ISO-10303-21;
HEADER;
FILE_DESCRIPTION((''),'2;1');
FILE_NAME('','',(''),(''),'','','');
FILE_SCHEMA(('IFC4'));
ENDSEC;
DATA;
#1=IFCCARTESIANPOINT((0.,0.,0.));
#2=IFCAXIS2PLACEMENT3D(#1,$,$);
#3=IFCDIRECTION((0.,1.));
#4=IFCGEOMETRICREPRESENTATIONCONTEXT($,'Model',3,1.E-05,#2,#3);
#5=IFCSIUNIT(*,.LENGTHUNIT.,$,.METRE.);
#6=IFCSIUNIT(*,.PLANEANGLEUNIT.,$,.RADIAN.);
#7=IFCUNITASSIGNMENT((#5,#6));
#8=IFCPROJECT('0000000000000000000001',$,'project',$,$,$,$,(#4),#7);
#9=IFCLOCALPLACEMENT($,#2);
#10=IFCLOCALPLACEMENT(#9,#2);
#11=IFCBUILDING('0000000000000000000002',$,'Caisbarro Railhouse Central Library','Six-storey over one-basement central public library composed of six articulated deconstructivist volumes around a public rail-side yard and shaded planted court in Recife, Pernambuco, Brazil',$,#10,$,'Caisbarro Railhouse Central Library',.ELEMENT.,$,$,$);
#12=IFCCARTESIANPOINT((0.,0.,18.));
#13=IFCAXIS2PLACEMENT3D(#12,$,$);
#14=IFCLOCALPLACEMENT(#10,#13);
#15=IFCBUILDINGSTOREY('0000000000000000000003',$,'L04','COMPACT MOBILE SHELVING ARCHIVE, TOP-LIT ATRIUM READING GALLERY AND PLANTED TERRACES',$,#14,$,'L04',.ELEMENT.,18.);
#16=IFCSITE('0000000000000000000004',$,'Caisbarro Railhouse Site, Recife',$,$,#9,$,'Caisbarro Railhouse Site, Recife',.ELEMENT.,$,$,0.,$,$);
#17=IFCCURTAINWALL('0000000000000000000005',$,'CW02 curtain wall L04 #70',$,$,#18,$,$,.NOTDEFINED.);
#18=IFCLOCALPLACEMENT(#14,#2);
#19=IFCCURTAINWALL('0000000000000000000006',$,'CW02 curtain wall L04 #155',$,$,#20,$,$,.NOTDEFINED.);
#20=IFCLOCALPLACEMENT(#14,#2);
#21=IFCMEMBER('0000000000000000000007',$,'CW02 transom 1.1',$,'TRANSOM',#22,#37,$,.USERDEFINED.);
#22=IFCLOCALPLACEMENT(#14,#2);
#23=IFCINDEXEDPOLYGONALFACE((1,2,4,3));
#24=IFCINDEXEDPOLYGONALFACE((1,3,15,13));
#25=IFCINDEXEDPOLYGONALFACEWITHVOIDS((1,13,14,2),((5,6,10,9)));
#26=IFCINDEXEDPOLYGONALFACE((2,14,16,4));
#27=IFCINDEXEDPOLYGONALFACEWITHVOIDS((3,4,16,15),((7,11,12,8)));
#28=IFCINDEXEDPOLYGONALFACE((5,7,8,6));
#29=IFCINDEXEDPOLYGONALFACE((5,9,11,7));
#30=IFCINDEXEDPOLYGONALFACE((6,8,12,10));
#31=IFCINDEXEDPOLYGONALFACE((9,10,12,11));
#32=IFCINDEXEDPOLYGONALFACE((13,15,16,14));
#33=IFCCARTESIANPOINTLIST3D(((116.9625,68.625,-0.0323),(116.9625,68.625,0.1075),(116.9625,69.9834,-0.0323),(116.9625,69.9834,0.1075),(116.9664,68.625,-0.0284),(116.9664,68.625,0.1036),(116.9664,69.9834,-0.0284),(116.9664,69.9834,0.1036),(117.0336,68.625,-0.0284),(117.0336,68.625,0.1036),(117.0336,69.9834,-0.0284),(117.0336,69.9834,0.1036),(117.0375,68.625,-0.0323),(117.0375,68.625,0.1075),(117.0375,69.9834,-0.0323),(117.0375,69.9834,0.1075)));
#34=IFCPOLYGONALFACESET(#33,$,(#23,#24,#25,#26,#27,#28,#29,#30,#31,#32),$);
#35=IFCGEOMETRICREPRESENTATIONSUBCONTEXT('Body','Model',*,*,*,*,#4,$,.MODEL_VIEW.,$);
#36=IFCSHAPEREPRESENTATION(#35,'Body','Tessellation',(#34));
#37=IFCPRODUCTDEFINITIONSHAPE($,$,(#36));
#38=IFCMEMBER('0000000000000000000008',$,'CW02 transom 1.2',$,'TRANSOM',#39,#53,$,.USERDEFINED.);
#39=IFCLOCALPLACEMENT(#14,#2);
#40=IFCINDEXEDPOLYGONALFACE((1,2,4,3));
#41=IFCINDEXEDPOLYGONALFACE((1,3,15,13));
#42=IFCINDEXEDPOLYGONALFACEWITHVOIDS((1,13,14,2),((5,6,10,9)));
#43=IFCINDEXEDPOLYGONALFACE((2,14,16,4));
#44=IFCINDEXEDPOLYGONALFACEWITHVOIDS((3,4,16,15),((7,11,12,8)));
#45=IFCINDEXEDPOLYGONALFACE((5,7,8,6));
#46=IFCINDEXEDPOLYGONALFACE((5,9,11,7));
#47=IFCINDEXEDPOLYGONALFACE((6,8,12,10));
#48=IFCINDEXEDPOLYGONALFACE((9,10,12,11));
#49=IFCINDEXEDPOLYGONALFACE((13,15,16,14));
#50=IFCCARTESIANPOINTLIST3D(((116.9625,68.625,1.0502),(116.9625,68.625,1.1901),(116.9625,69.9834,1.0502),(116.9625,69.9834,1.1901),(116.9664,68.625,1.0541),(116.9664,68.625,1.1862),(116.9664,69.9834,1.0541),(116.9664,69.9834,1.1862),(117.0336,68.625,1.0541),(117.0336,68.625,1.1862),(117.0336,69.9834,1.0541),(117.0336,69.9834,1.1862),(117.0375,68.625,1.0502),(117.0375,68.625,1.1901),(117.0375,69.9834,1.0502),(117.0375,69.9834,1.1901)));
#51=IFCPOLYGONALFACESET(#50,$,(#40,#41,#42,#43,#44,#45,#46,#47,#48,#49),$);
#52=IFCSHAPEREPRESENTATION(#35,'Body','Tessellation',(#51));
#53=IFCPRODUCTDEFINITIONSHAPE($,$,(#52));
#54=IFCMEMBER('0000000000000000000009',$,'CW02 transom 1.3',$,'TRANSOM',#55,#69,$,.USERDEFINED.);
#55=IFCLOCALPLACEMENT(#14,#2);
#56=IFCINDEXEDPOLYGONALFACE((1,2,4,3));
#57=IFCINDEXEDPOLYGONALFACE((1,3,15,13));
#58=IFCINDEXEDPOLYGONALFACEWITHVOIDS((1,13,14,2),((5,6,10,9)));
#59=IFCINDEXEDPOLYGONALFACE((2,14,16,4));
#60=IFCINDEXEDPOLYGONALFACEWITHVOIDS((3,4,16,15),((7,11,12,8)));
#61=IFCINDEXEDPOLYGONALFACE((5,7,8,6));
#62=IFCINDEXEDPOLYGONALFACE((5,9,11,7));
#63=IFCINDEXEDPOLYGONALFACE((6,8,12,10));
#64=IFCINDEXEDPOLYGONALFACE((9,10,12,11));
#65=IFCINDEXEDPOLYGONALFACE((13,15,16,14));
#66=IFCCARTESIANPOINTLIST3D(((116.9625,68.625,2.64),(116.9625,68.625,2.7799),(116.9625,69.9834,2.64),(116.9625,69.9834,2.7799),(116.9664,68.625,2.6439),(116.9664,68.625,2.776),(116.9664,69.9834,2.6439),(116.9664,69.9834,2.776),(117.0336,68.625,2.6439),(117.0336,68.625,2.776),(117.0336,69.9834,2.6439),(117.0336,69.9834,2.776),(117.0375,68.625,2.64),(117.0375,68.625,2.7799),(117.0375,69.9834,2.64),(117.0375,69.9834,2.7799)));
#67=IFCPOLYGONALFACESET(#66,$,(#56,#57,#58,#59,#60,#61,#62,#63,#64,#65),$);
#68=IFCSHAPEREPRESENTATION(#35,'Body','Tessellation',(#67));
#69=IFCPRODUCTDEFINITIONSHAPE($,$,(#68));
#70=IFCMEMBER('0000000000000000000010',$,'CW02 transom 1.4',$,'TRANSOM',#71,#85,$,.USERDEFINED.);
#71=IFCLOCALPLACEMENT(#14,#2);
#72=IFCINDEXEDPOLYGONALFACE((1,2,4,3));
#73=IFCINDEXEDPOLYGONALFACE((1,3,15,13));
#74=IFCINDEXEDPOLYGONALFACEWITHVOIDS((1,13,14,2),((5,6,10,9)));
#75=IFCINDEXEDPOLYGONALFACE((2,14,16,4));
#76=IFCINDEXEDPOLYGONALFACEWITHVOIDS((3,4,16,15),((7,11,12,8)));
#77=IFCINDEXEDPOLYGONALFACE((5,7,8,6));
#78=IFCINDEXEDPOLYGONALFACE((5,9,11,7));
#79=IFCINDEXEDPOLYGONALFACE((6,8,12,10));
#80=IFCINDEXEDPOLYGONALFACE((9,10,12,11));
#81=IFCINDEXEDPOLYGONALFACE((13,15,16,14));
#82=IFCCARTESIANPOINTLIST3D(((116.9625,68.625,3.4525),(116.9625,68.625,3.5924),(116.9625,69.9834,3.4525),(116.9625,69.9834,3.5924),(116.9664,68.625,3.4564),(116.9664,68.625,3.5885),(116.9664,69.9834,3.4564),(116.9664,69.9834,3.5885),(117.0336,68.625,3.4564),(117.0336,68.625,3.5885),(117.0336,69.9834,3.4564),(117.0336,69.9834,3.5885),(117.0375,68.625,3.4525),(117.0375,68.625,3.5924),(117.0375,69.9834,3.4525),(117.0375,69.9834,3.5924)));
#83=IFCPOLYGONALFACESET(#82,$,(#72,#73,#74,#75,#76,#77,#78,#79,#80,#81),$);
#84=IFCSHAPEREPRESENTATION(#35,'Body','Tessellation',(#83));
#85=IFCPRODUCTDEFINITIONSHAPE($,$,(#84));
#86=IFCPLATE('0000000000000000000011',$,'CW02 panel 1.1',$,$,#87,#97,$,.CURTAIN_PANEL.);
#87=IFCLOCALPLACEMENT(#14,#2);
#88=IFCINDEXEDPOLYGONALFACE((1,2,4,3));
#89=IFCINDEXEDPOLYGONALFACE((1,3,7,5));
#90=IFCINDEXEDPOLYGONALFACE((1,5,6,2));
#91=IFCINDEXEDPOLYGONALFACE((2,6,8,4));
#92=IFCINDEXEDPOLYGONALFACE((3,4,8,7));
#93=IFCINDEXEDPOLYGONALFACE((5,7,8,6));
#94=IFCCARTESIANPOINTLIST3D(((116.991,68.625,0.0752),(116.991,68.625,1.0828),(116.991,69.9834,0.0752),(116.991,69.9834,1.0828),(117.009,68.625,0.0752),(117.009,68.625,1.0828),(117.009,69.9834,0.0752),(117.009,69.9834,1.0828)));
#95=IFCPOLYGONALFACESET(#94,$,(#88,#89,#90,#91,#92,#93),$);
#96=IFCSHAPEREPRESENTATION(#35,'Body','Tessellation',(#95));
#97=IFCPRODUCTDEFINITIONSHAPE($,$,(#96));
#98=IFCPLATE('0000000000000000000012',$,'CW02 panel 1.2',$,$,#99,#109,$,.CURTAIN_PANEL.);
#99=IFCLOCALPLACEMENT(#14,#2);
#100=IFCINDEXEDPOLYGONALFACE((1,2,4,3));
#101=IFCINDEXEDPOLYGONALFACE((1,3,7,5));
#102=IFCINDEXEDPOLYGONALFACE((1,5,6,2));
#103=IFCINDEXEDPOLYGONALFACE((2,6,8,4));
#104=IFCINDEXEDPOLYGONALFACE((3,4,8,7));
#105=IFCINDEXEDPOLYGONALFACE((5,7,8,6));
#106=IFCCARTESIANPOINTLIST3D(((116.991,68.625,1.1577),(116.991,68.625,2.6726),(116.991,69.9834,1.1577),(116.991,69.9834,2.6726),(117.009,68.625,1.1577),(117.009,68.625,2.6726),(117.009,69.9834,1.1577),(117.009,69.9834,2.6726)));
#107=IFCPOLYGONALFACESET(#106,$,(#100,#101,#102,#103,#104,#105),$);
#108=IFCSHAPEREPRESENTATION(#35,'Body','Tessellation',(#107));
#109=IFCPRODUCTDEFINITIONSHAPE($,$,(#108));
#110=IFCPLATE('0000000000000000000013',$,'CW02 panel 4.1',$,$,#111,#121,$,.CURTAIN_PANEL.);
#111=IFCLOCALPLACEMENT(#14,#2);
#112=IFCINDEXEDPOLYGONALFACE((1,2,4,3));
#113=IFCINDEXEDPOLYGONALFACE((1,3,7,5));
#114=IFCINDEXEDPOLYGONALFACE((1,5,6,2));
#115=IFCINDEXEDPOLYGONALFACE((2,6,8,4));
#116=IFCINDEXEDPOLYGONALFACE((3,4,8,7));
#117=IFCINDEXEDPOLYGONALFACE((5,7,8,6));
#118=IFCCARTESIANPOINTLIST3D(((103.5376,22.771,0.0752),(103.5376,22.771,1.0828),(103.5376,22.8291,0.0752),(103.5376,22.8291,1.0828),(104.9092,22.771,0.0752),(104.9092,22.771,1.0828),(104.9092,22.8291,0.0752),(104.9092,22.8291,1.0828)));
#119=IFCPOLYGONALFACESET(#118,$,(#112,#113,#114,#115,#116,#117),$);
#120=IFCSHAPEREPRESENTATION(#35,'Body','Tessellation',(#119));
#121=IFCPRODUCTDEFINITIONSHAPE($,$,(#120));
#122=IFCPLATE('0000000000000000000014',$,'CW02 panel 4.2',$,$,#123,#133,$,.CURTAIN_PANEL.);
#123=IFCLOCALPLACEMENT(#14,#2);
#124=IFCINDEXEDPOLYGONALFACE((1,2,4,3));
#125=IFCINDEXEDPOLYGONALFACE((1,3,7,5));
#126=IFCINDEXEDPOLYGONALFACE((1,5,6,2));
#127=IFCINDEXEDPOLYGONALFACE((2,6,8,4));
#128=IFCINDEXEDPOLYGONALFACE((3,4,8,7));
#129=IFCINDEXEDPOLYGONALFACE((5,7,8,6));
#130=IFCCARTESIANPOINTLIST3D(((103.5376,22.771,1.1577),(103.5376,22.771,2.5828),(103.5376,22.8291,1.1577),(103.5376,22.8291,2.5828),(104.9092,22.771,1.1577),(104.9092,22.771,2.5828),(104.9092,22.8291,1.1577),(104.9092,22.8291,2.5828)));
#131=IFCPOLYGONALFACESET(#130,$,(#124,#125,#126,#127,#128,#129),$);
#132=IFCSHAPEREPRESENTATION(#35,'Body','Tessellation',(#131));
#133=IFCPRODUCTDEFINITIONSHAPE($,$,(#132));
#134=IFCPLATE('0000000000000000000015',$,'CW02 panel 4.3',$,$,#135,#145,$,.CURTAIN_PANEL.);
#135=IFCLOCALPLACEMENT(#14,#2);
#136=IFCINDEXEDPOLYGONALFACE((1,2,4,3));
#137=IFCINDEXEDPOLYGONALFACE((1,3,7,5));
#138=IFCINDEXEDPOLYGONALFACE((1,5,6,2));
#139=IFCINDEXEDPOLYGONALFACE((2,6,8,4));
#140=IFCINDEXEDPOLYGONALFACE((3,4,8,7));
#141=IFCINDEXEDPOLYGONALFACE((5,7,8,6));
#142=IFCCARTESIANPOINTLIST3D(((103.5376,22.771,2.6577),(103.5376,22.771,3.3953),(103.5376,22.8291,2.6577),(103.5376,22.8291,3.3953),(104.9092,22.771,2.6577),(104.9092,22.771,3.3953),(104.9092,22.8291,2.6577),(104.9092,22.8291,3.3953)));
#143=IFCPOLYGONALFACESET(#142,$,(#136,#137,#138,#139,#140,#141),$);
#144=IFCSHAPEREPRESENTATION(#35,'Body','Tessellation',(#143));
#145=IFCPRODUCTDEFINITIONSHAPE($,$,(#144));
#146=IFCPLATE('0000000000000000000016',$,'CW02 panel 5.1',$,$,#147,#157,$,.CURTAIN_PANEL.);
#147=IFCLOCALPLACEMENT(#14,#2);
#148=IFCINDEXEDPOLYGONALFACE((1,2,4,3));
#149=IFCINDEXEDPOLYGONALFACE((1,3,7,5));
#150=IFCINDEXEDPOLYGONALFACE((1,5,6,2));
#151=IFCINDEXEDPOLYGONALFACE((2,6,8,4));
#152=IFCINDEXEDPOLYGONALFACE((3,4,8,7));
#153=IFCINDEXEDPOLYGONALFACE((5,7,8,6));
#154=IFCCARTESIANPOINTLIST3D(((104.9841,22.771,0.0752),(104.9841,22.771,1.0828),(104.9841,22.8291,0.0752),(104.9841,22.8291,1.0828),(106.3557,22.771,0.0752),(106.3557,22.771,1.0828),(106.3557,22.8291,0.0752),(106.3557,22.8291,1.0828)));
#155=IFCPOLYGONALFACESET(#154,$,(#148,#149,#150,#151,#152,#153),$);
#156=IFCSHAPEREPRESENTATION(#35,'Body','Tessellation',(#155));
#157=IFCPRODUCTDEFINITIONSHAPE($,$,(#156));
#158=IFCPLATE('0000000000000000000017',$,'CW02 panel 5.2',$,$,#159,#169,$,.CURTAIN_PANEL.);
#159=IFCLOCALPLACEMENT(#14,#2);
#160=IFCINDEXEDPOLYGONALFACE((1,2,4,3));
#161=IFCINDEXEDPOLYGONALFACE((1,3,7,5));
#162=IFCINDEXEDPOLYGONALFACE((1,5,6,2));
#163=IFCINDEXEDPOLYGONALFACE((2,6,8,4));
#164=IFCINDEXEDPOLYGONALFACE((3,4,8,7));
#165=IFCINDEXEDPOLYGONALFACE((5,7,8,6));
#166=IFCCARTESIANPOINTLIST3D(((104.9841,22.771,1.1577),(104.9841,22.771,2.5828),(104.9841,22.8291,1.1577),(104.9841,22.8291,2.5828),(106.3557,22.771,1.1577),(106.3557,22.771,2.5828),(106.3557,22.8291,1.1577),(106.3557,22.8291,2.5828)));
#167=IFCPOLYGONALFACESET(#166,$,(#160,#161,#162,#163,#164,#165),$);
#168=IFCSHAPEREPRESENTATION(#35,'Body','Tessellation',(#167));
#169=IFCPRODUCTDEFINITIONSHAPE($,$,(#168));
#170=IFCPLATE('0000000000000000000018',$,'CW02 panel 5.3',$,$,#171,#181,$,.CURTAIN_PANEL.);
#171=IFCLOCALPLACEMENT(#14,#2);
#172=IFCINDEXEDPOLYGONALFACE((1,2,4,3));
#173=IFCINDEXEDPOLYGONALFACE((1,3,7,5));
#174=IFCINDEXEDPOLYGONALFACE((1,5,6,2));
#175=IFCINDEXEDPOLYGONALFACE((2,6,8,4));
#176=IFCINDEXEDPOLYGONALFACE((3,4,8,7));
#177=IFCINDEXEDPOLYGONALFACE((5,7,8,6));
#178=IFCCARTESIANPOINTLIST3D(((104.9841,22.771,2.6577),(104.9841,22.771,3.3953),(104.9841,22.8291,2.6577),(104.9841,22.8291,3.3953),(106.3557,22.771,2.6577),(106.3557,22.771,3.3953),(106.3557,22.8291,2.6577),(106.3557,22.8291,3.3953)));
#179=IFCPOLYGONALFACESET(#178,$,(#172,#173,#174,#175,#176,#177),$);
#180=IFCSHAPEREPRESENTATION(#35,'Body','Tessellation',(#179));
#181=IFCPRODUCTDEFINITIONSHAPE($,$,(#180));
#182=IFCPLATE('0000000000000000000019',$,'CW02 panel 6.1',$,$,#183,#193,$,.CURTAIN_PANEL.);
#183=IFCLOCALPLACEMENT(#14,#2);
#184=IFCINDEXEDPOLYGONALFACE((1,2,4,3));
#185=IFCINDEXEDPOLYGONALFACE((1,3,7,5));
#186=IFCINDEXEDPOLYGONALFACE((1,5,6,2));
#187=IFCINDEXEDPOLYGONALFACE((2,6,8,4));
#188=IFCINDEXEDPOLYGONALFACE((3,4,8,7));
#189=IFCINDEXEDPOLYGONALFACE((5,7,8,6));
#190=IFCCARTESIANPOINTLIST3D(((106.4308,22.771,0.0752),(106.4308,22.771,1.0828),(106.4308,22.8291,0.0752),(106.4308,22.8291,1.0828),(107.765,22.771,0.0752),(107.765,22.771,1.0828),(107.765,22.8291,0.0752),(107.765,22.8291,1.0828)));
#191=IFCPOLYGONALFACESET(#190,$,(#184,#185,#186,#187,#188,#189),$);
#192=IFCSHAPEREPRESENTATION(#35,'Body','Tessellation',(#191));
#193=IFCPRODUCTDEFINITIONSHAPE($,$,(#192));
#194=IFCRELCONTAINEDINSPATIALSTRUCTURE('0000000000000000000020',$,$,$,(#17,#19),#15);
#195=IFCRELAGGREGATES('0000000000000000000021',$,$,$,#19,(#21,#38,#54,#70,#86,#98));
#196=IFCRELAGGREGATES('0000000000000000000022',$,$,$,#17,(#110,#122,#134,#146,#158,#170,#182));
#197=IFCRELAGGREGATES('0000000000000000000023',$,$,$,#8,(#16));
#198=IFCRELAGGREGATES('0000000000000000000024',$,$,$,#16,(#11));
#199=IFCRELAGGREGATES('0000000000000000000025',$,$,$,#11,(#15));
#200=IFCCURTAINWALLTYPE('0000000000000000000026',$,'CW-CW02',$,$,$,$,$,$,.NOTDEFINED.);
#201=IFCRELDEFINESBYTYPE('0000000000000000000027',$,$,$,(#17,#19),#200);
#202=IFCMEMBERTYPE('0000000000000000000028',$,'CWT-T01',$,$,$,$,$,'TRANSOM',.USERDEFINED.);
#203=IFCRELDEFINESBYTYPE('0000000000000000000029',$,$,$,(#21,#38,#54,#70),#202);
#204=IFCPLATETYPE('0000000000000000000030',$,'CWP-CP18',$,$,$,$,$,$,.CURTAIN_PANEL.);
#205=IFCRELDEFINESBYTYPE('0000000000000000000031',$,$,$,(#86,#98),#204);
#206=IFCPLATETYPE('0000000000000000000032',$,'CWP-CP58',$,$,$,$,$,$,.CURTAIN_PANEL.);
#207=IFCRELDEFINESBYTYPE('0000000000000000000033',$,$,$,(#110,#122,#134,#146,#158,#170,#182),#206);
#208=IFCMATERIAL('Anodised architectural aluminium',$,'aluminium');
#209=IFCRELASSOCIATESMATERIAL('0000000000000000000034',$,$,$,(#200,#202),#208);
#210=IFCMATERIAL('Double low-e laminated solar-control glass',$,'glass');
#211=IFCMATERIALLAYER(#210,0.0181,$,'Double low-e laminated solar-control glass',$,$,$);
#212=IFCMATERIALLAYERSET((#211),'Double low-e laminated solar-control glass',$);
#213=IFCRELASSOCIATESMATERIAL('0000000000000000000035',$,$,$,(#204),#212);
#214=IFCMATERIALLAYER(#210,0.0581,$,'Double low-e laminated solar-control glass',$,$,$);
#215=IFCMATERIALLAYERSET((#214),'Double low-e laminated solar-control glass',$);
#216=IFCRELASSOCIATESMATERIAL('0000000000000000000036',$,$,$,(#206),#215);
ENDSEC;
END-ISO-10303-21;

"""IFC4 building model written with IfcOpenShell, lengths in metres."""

from ifc_helpers import new_model, si_unit, direction, frame, origin, origin_2d, place, context, subcontext, project, spatial, rectangle, hollow_rectangle, extrude, material, layer, layer_set, material_profile, profile_set, type_object, element, aggregate, save


model = new_model("IFC4")

# Units and contexts
model_context = context("Model", 3, precision=1e-05, world=origin(), true_north=direction((0.0, 1.0)))
body_context = subcontext(model_context, "Body", "Model", "MODEL_VIEW")
ifc_project = project(units=[si_unit("LENGTHUNIT", "METRE"), si_unit("PLANEANGLEUNIT", "RADIAN")], contexts=[model_context])

# Site, building, storey
site_placement = place(None, origin())
site = spatial("IfcSite", under=ifc_project, at=site_placement, Name="Caisbarro Railhouse Site, Recife", LongName="Caisbarro Railhouse Site, Recife", CompositionType="ELEMENT", RefElevation=0.0)
building_placement = place(site_placement, origin())
building = spatial("IfcBuilding", under=site, at=building_placement, Name="Caisbarro Railhouse Central Library", Description="Six-storey over one-basement central public library composed of six articulated deconstructivist volumes around a public rail-side yard and shaded planted court in Recife, Pernambuco, Brazil", LongName="Caisbarro Railhouse Central Library", CompositionType="ELEMENT")
storey_placement = place(building_placement, frame((0.0, 0.0, 18.0)))
storey = spatial("IfcBuildingStorey", under=building, at=storey_placement, Name="L04", Description="COMPACT MOBILE SHELVING ARCHIVE, TOP-LIT ATRIUM READING GALLERY AND PLANTED TERRACES", LongName="L04", CompositionType="ELEMENT", Elevation=18.0)

# Curtain wall
ifc_material_1 = material(Name="Anodised architectural aluminium", Category="aluminium")
curtain_wall_type = type_object("IfcCurtainWallType", Name="CW-CW02", PredefinedType="NOTDEFINED", material=ifc_material_1)
curtain_wall_1_placement = place(storey_placement, origin())
curtain_wall_1 = element("IfcCurtainWall", 1, at=curtain_wall_1_placement, inside=storey, type_object=curtain_wall_type, Name="CW02 curtain wall L04 #70", PredefinedType="NOTDEFINED")

# Curtain wall
curtain_wall_2_placement = place(storey_placement, origin())
curtain_wall_2 = element("IfcCurtainWall", 2, at=curtain_wall_2_placement, inside=storey, type_object=curtain_wall_type, Name="CW02 curtain wall L04 #155", PredefinedType="NOTDEFINED")

# Members
ifc_material_profile_1 = material_profile(ifc_material_1, hollow_rectangle(XDim=0.075, YDim=0.1399, WallThickness=0.0039, at=origin_2d()), Name="ALU-TRN-75X140")
ifc_profile_set_1 = profile_set([ifc_material_profile_1], Name="Anodised architectural aluminium")
member_type_1 = type_object("IfcMemberType", Name="CWT-T01", ElementType="TRANSOM", PredefinedType="USERDEFINED", material=ifc_profile_set_1)
member_1_placement = place(storey_placement, frame((117.0, 68.625, 0.0376), z_axis=(0.0, 1.0, 0.0), x_axis=(-1.0, 0.0, 0.0)))
member_1 = element("IfcMember", 3, at=member_1_placement, type_object=member_type_1, Name="CW02 transom 1.1", ObjectType="TRANSOM", PredefinedType="USERDEFINED", context=body_context, shape_type="SweptSolid", body=[
    extrude(hollow_rectangle(XDim=0.075, YDim=0.1399, WallThickness=0.0039, at=origin_2d()), origin(), (0.0, 0.0, 1.0), 1.3584),
])
member_2_placement = place(storey_placement, frame((117.0, 68.625, 1.1201), z_axis=(0.0, 1.0, 0.0), x_axis=(-1.0, 0.0, 0.0)))
member_2 = element("IfcMember", 4, at=member_2_placement, type_object=member_type_1, Name="CW02 transom 1.2", ObjectType="TRANSOM", PredefinedType="USERDEFINED", context=body_context, shape_type="SweptSolid", body=[
    extrude(hollow_rectangle(XDim=0.075, YDim=0.1399, WallThickness=0.0039, at=origin_2d()), origin(), (0.0, 0.0, 1.0), 1.3584),
])
member_3_placement = place(storey_placement, frame((117.0, 68.625, 2.71), z_axis=(0.0, 1.0, 0.0), x_axis=(-1.0, 0.0, 0.0)))
member_3 = element("IfcMember", 5, at=member_3_placement, type_object=member_type_1, Name="CW02 transom 1.3", ObjectType="TRANSOM", PredefinedType="USERDEFINED", context=body_context, shape_type="SweptSolid", body=[
    extrude(hollow_rectangle(XDim=0.075, YDim=0.1399, WallThickness=0.0039, at=origin_2d()), origin(), (0.0, 0.0, 1.0), 1.3584),
])
member_4_placement = place(storey_placement, frame((117.0, 68.625, 3.5225), z_axis=(0.0, 1.0, 0.0), x_axis=(-1.0, 0.0, 0.0)))
member_4 = element("IfcMember", 6, at=member_4_placement, type_object=member_type_1, Name="CW02 transom 1.4", ObjectType="TRANSOM", PredefinedType="USERDEFINED", context=body_context, shape_type="SweptSolid", body=[
    extrude(hollow_rectangle(XDim=0.075, YDim=0.1399, WallThickness=0.0039, at=origin_2d()), origin(), (0.0, 0.0, 1.0), 1.3584),
])

# Plates
ifc_material_2 = material(Name="Double low-e laminated solar-control glass", Category="glass")
ifc_layer_1 = layer(ifc_material_2, 0.0181, Name="Double low-e laminated solar-control glass")
ifc_layer_set_1 = layer_set([ifc_layer_1], Name="Double low-e laminated solar-control glass")
plate_type_1 = type_object("IfcPlateType", Name="CWP-CP18", PredefinedType="CURTAIN_PANEL", material=ifc_layer_set_1)
plate_1_placement = place(storey_placement, frame((117.0, 69.3042, 0.0752), z_axis=(0.0, 0.0, 1.0), x_axis=(0.0, 1.0, 0.0)))
plate_1 = element("IfcPlate", 7, at=plate_1_placement, type_object=plate_type_1, Name="CW02 panel 1.1", PredefinedType="CURTAIN_PANEL", context=body_context, shape_type="SweptSolid", body=[
    extrude(rectangle(XDim=1.3584, YDim=0.0181, at=origin_2d()), origin(), (0.0, 0.0, 1.0), 1.0076),
])
plate_2_placement = place(storey_placement, frame((117.0, 69.3042, 1.1577), z_axis=(0.0, 0.0, 1.0), x_axis=(0.0, 1.0, 0.0)))
plate_2 = element("IfcPlate", 8, at=plate_2_placement, type_object=plate_type_1, Name="CW02 panel 1.2", PredefinedType="CURTAIN_PANEL", context=body_context, shape_type="SweptSolid", body=[
    extrude(rectangle(XDim=1.3584, YDim=0.0181, at=origin_2d()), origin(), (0.0, 0.0, 1.0), 1.5149),
])
aggregate(curtain_wall_2, [member_1, member_2, member_3, member_4, plate_1, plate_2])
ifc_layer_2 = layer(ifc_material_2, 0.0581, Name="Double low-e laminated solar-control glass")
ifc_layer_set_2 = layer_set([ifc_layer_2], Name="Double low-e laminated solar-control glass")
plate_type_2 = type_object("IfcPlateType", Name="CWP-CP58", PredefinedType="CURTAIN_PANEL", material=ifc_layer_set_2)
plate_3_placement = place(storey_placement, frame((104.2234, 22.8, 0.0752), z_axis=(0.0, 0.0, 1.0), x_axis=(1.0, 0.0, 0.0)))
plate_3 = element("IfcPlate", 9, at=plate_3_placement, type_object=plate_type_2, Name="CW02 panel 4.1", PredefinedType="CURTAIN_PANEL", context=body_context, shape_type="SweptSolid", body=[
    extrude(rectangle(XDim=1.3716, YDim=0.0581, at=origin_2d()), origin(), (0.0, 0.0, 1.0), 1.0076),
])
plate_4_placement = place(storey_placement, frame((104.2234, 22.8, 1.1577), z_axis=(0.0, 0.0, 1.0), x_axis=(1.0, 0.0, 0.0)))
plate_4 = element("IfcPlate", 10, at=plate_4_placement, type_object=plate_type_2, Name="CW02 panel 4.2", PredefinedType="CURTAIN_PANEL", context=body_context, shape_type="SweptSolid", body=[
    extrude(rectangle(XDim=1.3716, YDim=0.0581, at=origin_2d()), origin(), (0.0, 0.0, 1.0), 1.425),
])
plate_5_placement = place(storey_placement, frame((104.2234, 22.8, 2.6577), z_axis=(0.0, 0.0, 1.0), x_axis=(1.0, 0.0, 0.0)))
plate_5 = element("IfcPlate", 11, at=plate_5_placement, type_object=plate_type_2, Name="CW02 panel 4.3", PredefinedType="CURTAIN_PANEL", context=body_context, shape_type="SweptSolid", body=[
    extrude(rectangle(XDim=1.3716, YDim=0.0581, at=origin_2d()), origin(), (0.0, 0.0, 1.0), 0.7375),
])
plate_6_placement = place(storey_placement, frame((105.6699, 22.8, 0.0752), z_axis=(0.0, 0.0, 1.0), x_axis=(1.0, 0.0, 0.0)))
plate_6 = element("IfcPlate", 12, at=plate_6_placement, type_object=plate_type_2, Name="CW02 panel 5.1", PredefinedType="CURTAIN_PANEL", context=body_context, shape_type="SweptSolid", body=[
    extrude(rectangle(XDim=1.3716, YDim=0.0581, at=origin_2d()), origin(), (0.0, 0.0, 1.0), 1.0076),
])
plate_7_placement = place(storey_placement, frame((105.6699, 22.8, 1.1577), z_axis=(0.0, 0.0, 1.0), x_axis=(1.0, 0.0, 0.0)))
plate_7 = element("IfcPlate", 13, at=plate_7_placement, type_object=plate_type_2, Name="CW02 panel 5.2", PredefinedType="CURTAIN_PANEL", context=body_context, shape_type="SweptSolid", body=[
    extrude(rectangle(XDim=1.3716, YDim=0.0581, at=origin_2d()), origin(), (0.0, 0.0, 1.0), 1.425),
])
plate_8_placement = place(storey_placement, frame((105.6699, 22.8, 2.6577), z_axis=(0.0, 0.0, 1.0), x_axis=(1.0, 0.0, 0.0)))
plate_8 = element("IfcPlate", 14, at=plate_8_placement, type_object=plate_type_2, Name="CW02 panel 5.3", PredefinedType="CURTAIN_PANEL", context=body_context, shape_type="SweptSolid", body=[
    extrude(rectangle(XDim=1.3716, YDim=0.0581, at=origin_2d()), origin(), (0.0, 0.0, 1.0), 0.7375),
])
plate_9_placement = place(storey_placement, frame((107.0979, 22.8, 0.0752), z_axis=(0.0, 0.0, 1.0), x_axis=(1.0, 0.0, 0.0)))
plate_9 = element("IfcPlate", 15, at=plate_9_placement, type_object=plate_type_2, Name="CW02 panel 6.1", PredefinedType="CURTAIN_PANEL", context=body_context, shape_type="SweptSolid", body=[
    extrude(rectangle(XDim=1.3342, YDim=0.0581, at=origin_2d()), origin(), (0.0, 0.0, 1.0), 1.0076),
])
aggregate(curtain_wall_1, [plate_3, plate_4, plate_5, plate_6, plate_7, plate_8, plate_9])

save(model, "model.ifc")
